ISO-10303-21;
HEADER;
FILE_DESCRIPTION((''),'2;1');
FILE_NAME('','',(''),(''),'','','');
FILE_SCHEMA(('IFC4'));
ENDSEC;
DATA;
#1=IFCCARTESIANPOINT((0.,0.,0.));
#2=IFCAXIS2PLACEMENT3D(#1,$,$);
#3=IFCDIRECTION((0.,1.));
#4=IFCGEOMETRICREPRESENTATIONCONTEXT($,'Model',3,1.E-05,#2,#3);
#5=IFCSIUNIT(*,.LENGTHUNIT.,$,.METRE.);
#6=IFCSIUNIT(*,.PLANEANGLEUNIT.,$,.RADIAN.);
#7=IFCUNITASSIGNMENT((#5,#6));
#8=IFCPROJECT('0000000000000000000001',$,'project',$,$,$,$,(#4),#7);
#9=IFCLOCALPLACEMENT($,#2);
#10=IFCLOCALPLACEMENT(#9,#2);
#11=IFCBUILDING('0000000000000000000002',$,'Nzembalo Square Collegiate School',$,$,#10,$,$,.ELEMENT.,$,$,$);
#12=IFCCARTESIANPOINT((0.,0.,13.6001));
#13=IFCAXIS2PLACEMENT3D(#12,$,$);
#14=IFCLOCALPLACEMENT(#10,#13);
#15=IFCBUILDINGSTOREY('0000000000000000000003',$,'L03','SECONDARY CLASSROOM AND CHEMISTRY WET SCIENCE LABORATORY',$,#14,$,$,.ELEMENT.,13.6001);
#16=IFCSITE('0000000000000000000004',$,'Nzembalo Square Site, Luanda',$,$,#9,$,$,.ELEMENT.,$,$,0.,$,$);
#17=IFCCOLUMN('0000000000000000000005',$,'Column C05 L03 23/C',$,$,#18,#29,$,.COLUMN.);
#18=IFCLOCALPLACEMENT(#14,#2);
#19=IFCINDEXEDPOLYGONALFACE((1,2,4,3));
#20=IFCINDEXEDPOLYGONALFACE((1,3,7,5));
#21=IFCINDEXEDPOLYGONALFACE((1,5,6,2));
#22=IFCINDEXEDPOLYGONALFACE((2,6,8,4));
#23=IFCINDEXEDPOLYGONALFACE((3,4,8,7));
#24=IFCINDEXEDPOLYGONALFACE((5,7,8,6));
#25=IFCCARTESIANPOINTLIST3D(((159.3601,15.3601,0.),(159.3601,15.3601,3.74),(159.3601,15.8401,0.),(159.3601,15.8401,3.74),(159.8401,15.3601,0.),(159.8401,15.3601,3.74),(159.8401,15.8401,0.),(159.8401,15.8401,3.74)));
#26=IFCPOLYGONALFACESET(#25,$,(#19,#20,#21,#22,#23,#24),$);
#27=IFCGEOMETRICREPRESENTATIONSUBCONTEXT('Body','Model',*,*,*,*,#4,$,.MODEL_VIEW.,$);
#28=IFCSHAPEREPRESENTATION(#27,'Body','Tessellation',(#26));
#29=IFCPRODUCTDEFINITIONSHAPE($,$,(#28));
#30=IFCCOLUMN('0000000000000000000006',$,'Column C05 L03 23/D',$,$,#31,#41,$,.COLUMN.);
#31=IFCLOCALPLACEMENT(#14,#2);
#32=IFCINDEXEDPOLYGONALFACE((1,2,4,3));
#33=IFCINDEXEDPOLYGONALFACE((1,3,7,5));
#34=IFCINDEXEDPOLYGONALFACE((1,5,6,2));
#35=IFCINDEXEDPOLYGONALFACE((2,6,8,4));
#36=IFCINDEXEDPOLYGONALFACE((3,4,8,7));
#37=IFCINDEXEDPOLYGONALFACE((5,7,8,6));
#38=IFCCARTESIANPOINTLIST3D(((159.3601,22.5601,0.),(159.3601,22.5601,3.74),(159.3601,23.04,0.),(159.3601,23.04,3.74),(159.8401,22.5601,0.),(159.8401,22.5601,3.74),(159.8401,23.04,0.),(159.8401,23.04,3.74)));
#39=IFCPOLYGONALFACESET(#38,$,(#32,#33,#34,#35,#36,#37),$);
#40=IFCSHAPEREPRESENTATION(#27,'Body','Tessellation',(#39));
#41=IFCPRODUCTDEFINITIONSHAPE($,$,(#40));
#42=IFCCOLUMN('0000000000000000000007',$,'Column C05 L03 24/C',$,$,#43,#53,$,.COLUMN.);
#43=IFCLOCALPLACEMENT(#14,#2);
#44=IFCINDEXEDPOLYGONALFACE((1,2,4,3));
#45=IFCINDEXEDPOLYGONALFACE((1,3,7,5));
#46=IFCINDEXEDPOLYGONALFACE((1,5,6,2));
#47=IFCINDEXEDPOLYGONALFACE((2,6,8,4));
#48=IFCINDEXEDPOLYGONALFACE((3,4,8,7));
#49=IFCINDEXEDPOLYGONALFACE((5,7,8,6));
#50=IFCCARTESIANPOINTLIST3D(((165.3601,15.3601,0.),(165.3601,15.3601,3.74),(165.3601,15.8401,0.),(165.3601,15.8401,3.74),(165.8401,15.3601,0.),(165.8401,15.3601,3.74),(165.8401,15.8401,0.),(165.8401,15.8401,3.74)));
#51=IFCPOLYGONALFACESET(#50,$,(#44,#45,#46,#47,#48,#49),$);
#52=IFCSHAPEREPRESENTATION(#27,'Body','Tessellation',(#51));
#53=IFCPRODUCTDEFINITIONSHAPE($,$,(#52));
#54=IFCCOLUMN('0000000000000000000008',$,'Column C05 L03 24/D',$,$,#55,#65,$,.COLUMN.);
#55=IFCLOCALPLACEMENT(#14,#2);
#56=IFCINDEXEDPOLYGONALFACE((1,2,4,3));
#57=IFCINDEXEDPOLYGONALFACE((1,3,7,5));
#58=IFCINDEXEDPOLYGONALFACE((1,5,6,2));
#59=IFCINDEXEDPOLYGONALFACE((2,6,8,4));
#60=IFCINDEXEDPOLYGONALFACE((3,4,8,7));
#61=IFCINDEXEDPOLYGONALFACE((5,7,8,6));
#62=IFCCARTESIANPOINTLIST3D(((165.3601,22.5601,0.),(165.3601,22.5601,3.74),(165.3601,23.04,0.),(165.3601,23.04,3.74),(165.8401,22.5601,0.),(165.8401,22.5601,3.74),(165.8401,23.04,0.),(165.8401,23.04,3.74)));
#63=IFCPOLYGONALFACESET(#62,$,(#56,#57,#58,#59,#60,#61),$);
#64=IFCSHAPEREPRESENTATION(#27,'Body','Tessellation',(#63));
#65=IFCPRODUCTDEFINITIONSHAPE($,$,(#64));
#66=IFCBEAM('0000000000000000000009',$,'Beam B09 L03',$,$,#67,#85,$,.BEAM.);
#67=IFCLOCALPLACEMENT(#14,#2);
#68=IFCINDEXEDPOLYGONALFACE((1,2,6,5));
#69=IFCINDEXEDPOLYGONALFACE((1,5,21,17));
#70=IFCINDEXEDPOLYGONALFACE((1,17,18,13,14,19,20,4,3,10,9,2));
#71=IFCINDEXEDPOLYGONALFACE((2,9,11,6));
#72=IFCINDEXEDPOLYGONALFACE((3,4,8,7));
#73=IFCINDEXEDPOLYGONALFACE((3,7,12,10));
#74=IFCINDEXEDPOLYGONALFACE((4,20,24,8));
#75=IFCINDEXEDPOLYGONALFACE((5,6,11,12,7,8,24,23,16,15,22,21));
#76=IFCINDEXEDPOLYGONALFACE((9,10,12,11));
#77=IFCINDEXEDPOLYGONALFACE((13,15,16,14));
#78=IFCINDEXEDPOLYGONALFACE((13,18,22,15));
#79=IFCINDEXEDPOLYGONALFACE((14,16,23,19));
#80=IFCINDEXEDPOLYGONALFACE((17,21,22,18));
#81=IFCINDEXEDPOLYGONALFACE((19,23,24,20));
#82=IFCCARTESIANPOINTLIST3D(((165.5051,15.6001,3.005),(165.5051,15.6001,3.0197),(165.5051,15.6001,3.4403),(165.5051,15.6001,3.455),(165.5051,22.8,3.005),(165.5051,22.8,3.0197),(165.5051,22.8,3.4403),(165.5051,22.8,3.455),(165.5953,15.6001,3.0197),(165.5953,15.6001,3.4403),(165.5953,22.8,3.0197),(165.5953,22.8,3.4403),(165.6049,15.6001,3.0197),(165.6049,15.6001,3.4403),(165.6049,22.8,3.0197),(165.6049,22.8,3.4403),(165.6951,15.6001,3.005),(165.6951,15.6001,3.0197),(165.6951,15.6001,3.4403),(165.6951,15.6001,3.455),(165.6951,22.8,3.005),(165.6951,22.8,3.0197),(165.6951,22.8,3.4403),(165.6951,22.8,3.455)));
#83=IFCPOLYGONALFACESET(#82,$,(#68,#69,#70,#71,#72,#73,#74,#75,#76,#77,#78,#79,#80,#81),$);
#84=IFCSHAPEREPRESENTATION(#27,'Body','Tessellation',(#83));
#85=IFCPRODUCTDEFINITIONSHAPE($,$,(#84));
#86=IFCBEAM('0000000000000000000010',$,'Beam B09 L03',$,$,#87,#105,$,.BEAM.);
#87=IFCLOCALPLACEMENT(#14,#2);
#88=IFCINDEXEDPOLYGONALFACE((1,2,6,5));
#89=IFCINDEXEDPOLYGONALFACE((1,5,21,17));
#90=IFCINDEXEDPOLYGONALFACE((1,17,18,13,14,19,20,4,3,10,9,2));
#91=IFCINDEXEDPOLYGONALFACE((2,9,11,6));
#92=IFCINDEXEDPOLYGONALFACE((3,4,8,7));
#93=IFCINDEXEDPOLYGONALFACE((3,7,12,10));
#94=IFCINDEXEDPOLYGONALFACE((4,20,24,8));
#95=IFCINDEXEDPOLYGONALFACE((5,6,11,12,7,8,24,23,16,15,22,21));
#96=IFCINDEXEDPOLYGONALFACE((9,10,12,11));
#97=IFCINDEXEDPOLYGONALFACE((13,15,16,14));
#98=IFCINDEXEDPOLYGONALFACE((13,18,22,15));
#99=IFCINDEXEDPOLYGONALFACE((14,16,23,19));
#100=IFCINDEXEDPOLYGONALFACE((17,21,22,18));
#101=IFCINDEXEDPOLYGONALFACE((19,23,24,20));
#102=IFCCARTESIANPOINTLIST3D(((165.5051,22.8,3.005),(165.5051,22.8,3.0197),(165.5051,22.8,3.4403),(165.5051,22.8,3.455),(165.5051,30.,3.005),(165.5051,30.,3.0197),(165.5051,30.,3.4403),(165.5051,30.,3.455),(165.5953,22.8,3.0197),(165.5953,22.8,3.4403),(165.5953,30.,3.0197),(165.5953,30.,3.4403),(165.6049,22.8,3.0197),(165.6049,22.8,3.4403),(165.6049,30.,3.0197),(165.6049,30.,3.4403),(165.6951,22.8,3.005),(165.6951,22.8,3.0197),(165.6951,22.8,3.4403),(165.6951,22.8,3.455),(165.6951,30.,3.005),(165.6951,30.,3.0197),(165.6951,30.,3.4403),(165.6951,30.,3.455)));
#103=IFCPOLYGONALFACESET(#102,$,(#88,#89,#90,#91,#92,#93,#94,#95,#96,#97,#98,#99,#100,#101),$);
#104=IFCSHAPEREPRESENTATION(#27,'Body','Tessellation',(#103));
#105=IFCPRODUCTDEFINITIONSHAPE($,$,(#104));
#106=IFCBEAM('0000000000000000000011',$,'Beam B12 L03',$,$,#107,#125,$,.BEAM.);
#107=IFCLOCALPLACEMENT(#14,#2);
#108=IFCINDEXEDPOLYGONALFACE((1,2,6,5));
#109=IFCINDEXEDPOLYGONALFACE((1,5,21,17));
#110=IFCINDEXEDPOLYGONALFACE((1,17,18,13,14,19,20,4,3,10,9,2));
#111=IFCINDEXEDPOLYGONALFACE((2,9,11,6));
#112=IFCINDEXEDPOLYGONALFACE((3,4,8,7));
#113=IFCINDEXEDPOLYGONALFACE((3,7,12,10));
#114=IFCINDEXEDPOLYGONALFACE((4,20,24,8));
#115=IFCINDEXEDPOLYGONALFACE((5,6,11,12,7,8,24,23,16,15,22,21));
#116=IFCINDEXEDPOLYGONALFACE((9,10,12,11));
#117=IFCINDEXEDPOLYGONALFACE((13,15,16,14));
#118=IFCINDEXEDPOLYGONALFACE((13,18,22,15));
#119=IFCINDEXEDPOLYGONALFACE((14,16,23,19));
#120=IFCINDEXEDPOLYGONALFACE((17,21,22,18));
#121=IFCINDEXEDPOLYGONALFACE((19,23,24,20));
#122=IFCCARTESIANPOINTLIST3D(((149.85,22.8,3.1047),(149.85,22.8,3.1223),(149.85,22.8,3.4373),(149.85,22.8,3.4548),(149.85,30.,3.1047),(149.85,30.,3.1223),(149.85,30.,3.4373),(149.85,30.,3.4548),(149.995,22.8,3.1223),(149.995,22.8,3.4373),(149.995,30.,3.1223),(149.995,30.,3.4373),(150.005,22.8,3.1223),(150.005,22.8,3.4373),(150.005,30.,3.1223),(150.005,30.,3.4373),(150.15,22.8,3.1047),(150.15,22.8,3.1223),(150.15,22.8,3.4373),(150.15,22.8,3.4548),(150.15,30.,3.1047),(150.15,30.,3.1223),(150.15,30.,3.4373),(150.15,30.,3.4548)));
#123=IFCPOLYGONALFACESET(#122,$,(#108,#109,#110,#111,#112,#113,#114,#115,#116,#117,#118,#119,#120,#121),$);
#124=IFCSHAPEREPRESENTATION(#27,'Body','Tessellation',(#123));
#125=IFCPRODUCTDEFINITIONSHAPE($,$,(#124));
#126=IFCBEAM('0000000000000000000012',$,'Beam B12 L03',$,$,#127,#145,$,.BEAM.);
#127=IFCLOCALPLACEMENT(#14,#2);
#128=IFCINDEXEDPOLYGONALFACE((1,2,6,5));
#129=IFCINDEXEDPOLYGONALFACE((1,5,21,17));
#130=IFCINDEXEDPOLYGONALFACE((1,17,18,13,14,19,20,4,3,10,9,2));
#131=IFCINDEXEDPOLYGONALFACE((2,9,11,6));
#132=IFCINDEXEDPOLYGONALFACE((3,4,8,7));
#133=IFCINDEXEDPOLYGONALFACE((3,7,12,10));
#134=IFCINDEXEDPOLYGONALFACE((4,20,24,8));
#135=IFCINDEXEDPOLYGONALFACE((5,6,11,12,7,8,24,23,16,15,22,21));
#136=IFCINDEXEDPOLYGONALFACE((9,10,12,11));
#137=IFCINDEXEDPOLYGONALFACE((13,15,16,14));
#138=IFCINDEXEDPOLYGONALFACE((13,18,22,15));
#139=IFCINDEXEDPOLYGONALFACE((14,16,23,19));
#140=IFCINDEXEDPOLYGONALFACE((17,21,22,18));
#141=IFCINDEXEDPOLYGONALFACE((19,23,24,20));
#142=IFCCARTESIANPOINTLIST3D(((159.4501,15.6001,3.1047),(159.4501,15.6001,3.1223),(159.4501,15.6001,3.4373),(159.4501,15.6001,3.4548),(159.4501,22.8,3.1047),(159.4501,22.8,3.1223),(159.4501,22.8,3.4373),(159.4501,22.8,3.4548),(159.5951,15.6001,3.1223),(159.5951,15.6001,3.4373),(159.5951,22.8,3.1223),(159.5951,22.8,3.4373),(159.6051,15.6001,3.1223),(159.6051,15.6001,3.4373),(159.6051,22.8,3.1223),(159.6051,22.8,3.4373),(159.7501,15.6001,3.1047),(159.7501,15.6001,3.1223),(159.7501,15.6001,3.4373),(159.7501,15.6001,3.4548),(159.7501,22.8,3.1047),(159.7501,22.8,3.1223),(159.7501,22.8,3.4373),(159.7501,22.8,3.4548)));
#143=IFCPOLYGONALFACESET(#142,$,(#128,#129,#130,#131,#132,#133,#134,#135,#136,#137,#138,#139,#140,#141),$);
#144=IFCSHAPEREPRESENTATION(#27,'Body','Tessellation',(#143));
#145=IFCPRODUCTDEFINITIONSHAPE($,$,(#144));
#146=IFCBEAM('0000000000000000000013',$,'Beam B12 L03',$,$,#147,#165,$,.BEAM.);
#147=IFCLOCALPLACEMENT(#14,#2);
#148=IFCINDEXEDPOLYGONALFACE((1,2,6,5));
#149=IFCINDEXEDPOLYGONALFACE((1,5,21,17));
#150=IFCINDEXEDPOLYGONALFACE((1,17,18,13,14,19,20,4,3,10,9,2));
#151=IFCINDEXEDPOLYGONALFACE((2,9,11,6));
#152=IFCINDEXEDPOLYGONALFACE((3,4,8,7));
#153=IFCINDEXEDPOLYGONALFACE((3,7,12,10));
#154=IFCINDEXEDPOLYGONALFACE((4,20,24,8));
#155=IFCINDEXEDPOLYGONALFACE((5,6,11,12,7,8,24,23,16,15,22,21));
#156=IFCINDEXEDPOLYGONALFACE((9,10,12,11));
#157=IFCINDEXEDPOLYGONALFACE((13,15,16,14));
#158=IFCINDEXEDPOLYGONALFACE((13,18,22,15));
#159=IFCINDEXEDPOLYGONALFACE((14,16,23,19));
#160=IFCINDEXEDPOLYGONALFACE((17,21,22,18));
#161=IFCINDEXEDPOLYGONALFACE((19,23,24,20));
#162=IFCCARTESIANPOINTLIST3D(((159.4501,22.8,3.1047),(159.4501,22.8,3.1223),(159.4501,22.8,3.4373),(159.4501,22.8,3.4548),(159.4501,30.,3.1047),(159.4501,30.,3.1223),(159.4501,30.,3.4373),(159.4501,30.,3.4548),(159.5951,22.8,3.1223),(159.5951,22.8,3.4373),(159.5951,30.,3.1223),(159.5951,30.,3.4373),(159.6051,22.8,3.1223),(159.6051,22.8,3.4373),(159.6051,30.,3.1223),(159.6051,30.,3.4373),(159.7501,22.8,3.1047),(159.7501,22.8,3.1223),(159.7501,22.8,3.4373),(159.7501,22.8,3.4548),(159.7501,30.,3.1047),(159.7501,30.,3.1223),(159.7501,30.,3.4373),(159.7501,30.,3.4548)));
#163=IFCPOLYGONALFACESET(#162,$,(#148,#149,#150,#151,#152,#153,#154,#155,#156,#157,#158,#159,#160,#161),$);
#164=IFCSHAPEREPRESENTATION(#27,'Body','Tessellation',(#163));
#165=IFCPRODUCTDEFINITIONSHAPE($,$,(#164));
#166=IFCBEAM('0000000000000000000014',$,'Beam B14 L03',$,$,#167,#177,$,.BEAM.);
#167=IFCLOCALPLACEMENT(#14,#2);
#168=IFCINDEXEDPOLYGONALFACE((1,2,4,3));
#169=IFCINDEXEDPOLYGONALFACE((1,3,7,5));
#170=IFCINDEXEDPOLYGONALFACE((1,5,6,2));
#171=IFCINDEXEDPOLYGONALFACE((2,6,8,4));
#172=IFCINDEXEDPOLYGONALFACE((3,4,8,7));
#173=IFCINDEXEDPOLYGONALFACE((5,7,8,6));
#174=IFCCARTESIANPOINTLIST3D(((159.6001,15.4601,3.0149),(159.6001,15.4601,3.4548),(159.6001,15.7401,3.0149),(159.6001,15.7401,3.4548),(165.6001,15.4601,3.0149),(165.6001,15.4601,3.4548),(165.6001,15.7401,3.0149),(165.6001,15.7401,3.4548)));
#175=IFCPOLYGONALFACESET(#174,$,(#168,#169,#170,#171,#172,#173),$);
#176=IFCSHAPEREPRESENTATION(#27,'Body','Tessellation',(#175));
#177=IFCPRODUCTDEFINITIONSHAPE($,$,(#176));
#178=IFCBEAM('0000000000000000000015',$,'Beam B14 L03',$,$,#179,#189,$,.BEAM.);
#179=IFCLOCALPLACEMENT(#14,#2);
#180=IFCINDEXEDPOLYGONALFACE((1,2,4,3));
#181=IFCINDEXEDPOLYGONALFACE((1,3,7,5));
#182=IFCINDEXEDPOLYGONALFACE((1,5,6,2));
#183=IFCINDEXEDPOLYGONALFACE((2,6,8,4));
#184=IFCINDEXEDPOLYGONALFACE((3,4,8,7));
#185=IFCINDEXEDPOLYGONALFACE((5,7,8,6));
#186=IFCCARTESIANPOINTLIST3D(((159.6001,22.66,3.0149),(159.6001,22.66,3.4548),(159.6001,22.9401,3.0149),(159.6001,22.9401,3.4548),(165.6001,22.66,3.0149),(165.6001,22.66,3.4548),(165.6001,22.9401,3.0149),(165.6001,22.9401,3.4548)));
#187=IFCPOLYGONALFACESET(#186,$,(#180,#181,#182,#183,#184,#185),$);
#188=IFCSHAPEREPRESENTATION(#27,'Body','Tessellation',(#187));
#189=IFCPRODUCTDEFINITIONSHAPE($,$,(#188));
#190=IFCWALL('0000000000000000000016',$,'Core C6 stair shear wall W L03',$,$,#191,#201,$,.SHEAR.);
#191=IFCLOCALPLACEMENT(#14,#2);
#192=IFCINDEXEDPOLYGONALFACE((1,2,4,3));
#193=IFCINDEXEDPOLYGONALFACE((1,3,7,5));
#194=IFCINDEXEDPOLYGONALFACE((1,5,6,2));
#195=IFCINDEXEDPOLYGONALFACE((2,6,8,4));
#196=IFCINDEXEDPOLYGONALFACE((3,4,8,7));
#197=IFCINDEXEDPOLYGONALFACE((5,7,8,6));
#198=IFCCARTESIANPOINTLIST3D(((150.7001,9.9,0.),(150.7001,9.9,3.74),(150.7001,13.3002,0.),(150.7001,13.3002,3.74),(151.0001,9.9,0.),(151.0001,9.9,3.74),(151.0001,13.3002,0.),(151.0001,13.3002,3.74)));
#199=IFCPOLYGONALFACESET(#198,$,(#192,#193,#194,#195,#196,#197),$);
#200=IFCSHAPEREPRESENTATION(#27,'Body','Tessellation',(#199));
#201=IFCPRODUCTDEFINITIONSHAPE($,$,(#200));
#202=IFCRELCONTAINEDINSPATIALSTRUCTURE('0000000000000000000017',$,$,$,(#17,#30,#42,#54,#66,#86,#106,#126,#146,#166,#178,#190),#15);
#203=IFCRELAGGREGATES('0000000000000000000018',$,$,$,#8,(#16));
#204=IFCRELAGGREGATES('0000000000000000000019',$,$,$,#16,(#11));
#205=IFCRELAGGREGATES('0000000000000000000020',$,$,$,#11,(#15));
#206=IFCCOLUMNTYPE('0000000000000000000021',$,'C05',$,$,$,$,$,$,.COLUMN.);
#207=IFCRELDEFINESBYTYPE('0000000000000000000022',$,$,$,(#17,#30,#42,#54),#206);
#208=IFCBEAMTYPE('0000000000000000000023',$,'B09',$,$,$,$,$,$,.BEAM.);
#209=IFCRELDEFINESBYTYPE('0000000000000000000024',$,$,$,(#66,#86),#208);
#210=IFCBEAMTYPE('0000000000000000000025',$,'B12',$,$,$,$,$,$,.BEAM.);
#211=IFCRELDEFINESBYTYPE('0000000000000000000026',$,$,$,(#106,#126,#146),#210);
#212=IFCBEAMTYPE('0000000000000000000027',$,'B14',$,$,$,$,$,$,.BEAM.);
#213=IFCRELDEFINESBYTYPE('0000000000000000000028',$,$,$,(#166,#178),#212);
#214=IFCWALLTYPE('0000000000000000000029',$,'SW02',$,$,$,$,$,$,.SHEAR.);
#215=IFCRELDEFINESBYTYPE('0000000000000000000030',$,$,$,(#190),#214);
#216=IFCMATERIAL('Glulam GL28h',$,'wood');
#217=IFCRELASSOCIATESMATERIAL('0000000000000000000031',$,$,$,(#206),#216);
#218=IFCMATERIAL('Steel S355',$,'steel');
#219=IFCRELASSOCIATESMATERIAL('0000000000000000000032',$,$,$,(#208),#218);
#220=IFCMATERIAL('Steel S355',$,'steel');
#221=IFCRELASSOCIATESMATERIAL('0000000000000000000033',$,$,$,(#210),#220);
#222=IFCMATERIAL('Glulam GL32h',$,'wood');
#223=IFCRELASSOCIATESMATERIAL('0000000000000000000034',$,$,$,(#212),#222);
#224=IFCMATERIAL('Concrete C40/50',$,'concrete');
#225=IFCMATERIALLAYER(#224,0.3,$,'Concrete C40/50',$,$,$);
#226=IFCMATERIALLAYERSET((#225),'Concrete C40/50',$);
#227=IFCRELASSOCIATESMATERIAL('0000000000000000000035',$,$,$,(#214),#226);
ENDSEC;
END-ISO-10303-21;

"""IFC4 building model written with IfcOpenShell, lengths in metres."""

from ifc_helpers import new_model, si_unit, direction, frame, frame_2d, origin, origin_2d, place, context, subcontext, project, spatial, rectangle, i_section, extrude, material, layer, layer_set, material_profile, profile_set, type_object, element, save


model = new_model("IFC4")

# Units and contexts
model_context = context("Model", 3, precision=1e-05, world=origin(), true_north=direction((0.0, 1.0)))
body_context = subcontext(model_context, "Body", "Model", "MODEL_VIEW")
ifc_project = project(units=[si_unit("LENGTHUNIT", "METRE"), si_unit("PLANEANGLEUNIT", "RADIAN")], contexts=[model_context])

# Site, building, storey
site_placement = place(None, origin())
site = spatial("IfcSite", under=ifc_project, at=site_placement, Name="Nzembalo Square Site, Luanda", CompositionType="ELEMENT", RefElevation=0.0)
building_placement = place(site_placement, origin())
building = spatial("IfcBuilding", under=site, at=building_placement, Name="Nzembalo Square Collegiate School", CompositionType="ELEMENT")
storey_placement = place(building_placement, frame((0.0, 0.0, 13.6001)))
storey = spatial("IfcBuildingStorey", under=building, at=storey_placement, Name="L03", Description="SECONDARY CLASSROOM AND CHEMISTRY WET SCIENCE LABORATORY", CompositionType="ELEMENT", Elevation=13.6001)

# Columns
ifc_material_1 = material(Name="Glulam GL28h", Category="wood")
ifc_material_profile_1 = material_profile(ifc_material_1, rectangle(XDim=0.48, YDim=0.48, at=origin_2d()), Name="GL28h 480x480")
ifc_profile_set_1 = profile_set([ifc_material_profile_1], Name="Glulam GL28h")
column_type = type_object("IfcColumnType", Name="C05", PredefinedType="COLUMN", material=ifc_profile_set_1)
for number, where, z_axis, x_axis, name in (
    (1, (159.6001, 15.6001, 0.0), (0.0, 0.0, 1.0), (1.0, 0.0, 0.0), "Column C05 L03 23/C"),
    (2, (159.6001, 22.8, 0.0), (0.0, 0.0, 1.0), (1.0, 0.0, 0.0), "Column C05 L03 23/D"),
    (3, (165.6001, 15.6001, 0.0), (0.0, 0.0, 1.0), (1.0, 0.0, 0.0), "Column C05 L03 24/C"),
    (4, (165.6001, 22.8, 0.0), (0.0, 0.0, 1.0), (1.0, 0.0, 0.0), "Column C05 L03 24/D"),
):
    element("IfcColumn", number, at=place(storey_placement, frame(where, z_axis=z_axis, x_axis=x_axis)), inside=storey, type_object=column_type, Name=name, PredefinedType="COLUMN", context=body_context, shape_type="SweptSolid", body=[
        extrude(rectangle(XDim=0.48, YDim=0.48, at=origin_2d()), origin(), (0.0, 0.0, 1.0), 3.74),
    ])

# Beams
ifc_material_2 = material(Name="Steel S355", Category="steel")
ifc_material_profile_2 = material_profile(ifc_material_2, i_section(OverallWidth=0.1899, OverallDepth=0.45, WebThickness=0.0095, FlangeThickness=0.0146, at=origin_2d()), Name="IPE 450")
ifc_profile_set_2 = profile_set([ifc_material_profile_2], Name="Steel S355")
beam_type_1 = type_object("IfcBeamType", Name="B09", PredefinedType="BEAM", material=ifc_profile_set_2)
for number, where, z_axis, x_axis, name in (
    (5, (165.6001, 15.6001, 3.23), (0.0, 1.0, 0.0), (-1.0, 0.0, 0.0), "Beam B09 L03"),
    (6, (165.6001, 22.8, 3.23), (0.0, 1.0, 0.0), (-1.0, 0.0, 0.0), "Beam B09 L03"),
):
    element("IfcBeam", number, at=place(storey_placement, frame(where, z_axis=z_axis, x_axis=x_axis)), inside=storey, type_object=beam_type_1, Name=name, PredefinedType="BEAM", context=body_context, shape_type="SweptSolid", body=[
        extrude(i_section(OverallWidth=0.1899, OverallDepth=0.45, WebThickness=0.0095, FlangeThickness=0.0146, at=origin_2d()), origin(), (0.0, 0.0, 1.0), 7.2),
    ])
ifc_material_3 = material(Name="Steel S355", Category="steel")
ifc_material_profile_3 = material_profile(ifc_material_3, i_section(OverallWidth=0.3, OverallDepth=0.3501, WebThickness=0.01, FlangeThickness=0.0176, at=origin_2d()), Name="HEA 360")
ifc_profile_set_3 = profile_set([ifc_material_profile_3], Name="Steel S355")
beam_type_2 = type_object("IfcBeamType", Name="B12", PredefinedType="BEAM", material=ifc_profile_set_3)
for number, where, z_axis, x_axis, name in (
    (7, (150.0, 22.8, 3.2798), (0.0, 1.0, 0.0), (-1.0, 0.0, 0.0), "Beam B12 L03"),
    (8, (159.6001, 15.6001, 3.2798), (0.0, 1.0, 0.0), (-1.0, 0.0, 0.0), "Beam B12 L03"),
    (9, (159.6001, 22.8, 3.2798), (0.0, 1.0, 0.0), (-1.0, 0.0, 0.0), "Beam B12 L03"),
):
    element("IfcBeam", number, at=place(storey_placement, frame(where, z_axis=z_axis, x_axis=x_axis)), inside=storey, type_object=beam_type_2, Name=name, PredefinedType="BEAM", context=body_context, shape_type="SweptSolid", body=[
        extrude(i_section(OverallWidth=0.3, OverallDepth=0.3501, WebThickness=0.01, FlangeThickness=0.0176, at=origin_2d()), origin(), (0.0, 0.0, 1.0), 7.2),
    ])
ifc_material_4 = material(Name="Glulam GL32h", Category="wood")
ifc_material_profile_4 = material_profile(ifc_material_4, rectangle(XDim=0.28, YDim=0.4399, at=origin_2d()), Name="GL32h 280x440")
ifc_profile_set_4 = profile_set([ifc_material_profile_4], Name="Glulam GL32h")
beam_type_3 = type_object("IfcBeamType", Name="B14", PredefinedType="BEAM", material=ifc_profile_set_4)
for number, where, z_axis, x_axis, name in (
    (10, (159.6001, 15.6001, 3.2349), (1.0, 0.0, 0.0), (0.0, 1.0, 0.0), "Beam B14 L03"),
    (11, (159.6001, 22.8, 3.2349), (1.0, 0.0, 0.0), (0.0, 1.0, 0.0), "Beam B14 L03"),
):
    element("IfcBeam", number, at=place(storey_placement, frame(where, z_axis=z_axis, x_axis=x_axis)), inside=storey, type_object=beam_type_3, Name=name, PredefinedType="BEAM", context=body_context, shape_type="SweptSolid", body=[
        extrude(rectangle(XDim=0.28, YDim=0.4399, at=origin_2d()), origin(), (0.0, 0.0, 1.0), 6.0),
    ])

# Wall
ifc_material_5 = material(Name="Concrete C40/50", Category="concrete")
ifc_layer_1 = layer(ifc_material_5, 0.3, Name="Concrete C40/50")
ifc_layer_set_1 = layer_set([ifc_layer_1], Name="Concrete C40/50")
wall_type_1 = type_object("IfcWallType", Name="SW02", PredefinedType="SHEAR", material=ifc_layer_set_1)
wall_1_placement = place(storey_placement, frame((150.8501, 9.8999, 0.0), z_axis=(0.0, 0.0, 1.0), x_axis=(0.0, 1.0, 0.0)))
element("IfcWall", 12, at=wall_1_placement, inside=storey, type_object=wall_type_1, Name="Core C6 stair shear wall W L03", PredefinedType="SHEAR", context=body_context, shape_type="SweptSolid", body=[
    extrude(rectangle(XDim=3.4001, YDim=0.3, at=frame_2d((1.7002, 0.0))), origin(), (0.0, 0.0, 1.0), 3.74),
])

save(model, "model.ifc")
